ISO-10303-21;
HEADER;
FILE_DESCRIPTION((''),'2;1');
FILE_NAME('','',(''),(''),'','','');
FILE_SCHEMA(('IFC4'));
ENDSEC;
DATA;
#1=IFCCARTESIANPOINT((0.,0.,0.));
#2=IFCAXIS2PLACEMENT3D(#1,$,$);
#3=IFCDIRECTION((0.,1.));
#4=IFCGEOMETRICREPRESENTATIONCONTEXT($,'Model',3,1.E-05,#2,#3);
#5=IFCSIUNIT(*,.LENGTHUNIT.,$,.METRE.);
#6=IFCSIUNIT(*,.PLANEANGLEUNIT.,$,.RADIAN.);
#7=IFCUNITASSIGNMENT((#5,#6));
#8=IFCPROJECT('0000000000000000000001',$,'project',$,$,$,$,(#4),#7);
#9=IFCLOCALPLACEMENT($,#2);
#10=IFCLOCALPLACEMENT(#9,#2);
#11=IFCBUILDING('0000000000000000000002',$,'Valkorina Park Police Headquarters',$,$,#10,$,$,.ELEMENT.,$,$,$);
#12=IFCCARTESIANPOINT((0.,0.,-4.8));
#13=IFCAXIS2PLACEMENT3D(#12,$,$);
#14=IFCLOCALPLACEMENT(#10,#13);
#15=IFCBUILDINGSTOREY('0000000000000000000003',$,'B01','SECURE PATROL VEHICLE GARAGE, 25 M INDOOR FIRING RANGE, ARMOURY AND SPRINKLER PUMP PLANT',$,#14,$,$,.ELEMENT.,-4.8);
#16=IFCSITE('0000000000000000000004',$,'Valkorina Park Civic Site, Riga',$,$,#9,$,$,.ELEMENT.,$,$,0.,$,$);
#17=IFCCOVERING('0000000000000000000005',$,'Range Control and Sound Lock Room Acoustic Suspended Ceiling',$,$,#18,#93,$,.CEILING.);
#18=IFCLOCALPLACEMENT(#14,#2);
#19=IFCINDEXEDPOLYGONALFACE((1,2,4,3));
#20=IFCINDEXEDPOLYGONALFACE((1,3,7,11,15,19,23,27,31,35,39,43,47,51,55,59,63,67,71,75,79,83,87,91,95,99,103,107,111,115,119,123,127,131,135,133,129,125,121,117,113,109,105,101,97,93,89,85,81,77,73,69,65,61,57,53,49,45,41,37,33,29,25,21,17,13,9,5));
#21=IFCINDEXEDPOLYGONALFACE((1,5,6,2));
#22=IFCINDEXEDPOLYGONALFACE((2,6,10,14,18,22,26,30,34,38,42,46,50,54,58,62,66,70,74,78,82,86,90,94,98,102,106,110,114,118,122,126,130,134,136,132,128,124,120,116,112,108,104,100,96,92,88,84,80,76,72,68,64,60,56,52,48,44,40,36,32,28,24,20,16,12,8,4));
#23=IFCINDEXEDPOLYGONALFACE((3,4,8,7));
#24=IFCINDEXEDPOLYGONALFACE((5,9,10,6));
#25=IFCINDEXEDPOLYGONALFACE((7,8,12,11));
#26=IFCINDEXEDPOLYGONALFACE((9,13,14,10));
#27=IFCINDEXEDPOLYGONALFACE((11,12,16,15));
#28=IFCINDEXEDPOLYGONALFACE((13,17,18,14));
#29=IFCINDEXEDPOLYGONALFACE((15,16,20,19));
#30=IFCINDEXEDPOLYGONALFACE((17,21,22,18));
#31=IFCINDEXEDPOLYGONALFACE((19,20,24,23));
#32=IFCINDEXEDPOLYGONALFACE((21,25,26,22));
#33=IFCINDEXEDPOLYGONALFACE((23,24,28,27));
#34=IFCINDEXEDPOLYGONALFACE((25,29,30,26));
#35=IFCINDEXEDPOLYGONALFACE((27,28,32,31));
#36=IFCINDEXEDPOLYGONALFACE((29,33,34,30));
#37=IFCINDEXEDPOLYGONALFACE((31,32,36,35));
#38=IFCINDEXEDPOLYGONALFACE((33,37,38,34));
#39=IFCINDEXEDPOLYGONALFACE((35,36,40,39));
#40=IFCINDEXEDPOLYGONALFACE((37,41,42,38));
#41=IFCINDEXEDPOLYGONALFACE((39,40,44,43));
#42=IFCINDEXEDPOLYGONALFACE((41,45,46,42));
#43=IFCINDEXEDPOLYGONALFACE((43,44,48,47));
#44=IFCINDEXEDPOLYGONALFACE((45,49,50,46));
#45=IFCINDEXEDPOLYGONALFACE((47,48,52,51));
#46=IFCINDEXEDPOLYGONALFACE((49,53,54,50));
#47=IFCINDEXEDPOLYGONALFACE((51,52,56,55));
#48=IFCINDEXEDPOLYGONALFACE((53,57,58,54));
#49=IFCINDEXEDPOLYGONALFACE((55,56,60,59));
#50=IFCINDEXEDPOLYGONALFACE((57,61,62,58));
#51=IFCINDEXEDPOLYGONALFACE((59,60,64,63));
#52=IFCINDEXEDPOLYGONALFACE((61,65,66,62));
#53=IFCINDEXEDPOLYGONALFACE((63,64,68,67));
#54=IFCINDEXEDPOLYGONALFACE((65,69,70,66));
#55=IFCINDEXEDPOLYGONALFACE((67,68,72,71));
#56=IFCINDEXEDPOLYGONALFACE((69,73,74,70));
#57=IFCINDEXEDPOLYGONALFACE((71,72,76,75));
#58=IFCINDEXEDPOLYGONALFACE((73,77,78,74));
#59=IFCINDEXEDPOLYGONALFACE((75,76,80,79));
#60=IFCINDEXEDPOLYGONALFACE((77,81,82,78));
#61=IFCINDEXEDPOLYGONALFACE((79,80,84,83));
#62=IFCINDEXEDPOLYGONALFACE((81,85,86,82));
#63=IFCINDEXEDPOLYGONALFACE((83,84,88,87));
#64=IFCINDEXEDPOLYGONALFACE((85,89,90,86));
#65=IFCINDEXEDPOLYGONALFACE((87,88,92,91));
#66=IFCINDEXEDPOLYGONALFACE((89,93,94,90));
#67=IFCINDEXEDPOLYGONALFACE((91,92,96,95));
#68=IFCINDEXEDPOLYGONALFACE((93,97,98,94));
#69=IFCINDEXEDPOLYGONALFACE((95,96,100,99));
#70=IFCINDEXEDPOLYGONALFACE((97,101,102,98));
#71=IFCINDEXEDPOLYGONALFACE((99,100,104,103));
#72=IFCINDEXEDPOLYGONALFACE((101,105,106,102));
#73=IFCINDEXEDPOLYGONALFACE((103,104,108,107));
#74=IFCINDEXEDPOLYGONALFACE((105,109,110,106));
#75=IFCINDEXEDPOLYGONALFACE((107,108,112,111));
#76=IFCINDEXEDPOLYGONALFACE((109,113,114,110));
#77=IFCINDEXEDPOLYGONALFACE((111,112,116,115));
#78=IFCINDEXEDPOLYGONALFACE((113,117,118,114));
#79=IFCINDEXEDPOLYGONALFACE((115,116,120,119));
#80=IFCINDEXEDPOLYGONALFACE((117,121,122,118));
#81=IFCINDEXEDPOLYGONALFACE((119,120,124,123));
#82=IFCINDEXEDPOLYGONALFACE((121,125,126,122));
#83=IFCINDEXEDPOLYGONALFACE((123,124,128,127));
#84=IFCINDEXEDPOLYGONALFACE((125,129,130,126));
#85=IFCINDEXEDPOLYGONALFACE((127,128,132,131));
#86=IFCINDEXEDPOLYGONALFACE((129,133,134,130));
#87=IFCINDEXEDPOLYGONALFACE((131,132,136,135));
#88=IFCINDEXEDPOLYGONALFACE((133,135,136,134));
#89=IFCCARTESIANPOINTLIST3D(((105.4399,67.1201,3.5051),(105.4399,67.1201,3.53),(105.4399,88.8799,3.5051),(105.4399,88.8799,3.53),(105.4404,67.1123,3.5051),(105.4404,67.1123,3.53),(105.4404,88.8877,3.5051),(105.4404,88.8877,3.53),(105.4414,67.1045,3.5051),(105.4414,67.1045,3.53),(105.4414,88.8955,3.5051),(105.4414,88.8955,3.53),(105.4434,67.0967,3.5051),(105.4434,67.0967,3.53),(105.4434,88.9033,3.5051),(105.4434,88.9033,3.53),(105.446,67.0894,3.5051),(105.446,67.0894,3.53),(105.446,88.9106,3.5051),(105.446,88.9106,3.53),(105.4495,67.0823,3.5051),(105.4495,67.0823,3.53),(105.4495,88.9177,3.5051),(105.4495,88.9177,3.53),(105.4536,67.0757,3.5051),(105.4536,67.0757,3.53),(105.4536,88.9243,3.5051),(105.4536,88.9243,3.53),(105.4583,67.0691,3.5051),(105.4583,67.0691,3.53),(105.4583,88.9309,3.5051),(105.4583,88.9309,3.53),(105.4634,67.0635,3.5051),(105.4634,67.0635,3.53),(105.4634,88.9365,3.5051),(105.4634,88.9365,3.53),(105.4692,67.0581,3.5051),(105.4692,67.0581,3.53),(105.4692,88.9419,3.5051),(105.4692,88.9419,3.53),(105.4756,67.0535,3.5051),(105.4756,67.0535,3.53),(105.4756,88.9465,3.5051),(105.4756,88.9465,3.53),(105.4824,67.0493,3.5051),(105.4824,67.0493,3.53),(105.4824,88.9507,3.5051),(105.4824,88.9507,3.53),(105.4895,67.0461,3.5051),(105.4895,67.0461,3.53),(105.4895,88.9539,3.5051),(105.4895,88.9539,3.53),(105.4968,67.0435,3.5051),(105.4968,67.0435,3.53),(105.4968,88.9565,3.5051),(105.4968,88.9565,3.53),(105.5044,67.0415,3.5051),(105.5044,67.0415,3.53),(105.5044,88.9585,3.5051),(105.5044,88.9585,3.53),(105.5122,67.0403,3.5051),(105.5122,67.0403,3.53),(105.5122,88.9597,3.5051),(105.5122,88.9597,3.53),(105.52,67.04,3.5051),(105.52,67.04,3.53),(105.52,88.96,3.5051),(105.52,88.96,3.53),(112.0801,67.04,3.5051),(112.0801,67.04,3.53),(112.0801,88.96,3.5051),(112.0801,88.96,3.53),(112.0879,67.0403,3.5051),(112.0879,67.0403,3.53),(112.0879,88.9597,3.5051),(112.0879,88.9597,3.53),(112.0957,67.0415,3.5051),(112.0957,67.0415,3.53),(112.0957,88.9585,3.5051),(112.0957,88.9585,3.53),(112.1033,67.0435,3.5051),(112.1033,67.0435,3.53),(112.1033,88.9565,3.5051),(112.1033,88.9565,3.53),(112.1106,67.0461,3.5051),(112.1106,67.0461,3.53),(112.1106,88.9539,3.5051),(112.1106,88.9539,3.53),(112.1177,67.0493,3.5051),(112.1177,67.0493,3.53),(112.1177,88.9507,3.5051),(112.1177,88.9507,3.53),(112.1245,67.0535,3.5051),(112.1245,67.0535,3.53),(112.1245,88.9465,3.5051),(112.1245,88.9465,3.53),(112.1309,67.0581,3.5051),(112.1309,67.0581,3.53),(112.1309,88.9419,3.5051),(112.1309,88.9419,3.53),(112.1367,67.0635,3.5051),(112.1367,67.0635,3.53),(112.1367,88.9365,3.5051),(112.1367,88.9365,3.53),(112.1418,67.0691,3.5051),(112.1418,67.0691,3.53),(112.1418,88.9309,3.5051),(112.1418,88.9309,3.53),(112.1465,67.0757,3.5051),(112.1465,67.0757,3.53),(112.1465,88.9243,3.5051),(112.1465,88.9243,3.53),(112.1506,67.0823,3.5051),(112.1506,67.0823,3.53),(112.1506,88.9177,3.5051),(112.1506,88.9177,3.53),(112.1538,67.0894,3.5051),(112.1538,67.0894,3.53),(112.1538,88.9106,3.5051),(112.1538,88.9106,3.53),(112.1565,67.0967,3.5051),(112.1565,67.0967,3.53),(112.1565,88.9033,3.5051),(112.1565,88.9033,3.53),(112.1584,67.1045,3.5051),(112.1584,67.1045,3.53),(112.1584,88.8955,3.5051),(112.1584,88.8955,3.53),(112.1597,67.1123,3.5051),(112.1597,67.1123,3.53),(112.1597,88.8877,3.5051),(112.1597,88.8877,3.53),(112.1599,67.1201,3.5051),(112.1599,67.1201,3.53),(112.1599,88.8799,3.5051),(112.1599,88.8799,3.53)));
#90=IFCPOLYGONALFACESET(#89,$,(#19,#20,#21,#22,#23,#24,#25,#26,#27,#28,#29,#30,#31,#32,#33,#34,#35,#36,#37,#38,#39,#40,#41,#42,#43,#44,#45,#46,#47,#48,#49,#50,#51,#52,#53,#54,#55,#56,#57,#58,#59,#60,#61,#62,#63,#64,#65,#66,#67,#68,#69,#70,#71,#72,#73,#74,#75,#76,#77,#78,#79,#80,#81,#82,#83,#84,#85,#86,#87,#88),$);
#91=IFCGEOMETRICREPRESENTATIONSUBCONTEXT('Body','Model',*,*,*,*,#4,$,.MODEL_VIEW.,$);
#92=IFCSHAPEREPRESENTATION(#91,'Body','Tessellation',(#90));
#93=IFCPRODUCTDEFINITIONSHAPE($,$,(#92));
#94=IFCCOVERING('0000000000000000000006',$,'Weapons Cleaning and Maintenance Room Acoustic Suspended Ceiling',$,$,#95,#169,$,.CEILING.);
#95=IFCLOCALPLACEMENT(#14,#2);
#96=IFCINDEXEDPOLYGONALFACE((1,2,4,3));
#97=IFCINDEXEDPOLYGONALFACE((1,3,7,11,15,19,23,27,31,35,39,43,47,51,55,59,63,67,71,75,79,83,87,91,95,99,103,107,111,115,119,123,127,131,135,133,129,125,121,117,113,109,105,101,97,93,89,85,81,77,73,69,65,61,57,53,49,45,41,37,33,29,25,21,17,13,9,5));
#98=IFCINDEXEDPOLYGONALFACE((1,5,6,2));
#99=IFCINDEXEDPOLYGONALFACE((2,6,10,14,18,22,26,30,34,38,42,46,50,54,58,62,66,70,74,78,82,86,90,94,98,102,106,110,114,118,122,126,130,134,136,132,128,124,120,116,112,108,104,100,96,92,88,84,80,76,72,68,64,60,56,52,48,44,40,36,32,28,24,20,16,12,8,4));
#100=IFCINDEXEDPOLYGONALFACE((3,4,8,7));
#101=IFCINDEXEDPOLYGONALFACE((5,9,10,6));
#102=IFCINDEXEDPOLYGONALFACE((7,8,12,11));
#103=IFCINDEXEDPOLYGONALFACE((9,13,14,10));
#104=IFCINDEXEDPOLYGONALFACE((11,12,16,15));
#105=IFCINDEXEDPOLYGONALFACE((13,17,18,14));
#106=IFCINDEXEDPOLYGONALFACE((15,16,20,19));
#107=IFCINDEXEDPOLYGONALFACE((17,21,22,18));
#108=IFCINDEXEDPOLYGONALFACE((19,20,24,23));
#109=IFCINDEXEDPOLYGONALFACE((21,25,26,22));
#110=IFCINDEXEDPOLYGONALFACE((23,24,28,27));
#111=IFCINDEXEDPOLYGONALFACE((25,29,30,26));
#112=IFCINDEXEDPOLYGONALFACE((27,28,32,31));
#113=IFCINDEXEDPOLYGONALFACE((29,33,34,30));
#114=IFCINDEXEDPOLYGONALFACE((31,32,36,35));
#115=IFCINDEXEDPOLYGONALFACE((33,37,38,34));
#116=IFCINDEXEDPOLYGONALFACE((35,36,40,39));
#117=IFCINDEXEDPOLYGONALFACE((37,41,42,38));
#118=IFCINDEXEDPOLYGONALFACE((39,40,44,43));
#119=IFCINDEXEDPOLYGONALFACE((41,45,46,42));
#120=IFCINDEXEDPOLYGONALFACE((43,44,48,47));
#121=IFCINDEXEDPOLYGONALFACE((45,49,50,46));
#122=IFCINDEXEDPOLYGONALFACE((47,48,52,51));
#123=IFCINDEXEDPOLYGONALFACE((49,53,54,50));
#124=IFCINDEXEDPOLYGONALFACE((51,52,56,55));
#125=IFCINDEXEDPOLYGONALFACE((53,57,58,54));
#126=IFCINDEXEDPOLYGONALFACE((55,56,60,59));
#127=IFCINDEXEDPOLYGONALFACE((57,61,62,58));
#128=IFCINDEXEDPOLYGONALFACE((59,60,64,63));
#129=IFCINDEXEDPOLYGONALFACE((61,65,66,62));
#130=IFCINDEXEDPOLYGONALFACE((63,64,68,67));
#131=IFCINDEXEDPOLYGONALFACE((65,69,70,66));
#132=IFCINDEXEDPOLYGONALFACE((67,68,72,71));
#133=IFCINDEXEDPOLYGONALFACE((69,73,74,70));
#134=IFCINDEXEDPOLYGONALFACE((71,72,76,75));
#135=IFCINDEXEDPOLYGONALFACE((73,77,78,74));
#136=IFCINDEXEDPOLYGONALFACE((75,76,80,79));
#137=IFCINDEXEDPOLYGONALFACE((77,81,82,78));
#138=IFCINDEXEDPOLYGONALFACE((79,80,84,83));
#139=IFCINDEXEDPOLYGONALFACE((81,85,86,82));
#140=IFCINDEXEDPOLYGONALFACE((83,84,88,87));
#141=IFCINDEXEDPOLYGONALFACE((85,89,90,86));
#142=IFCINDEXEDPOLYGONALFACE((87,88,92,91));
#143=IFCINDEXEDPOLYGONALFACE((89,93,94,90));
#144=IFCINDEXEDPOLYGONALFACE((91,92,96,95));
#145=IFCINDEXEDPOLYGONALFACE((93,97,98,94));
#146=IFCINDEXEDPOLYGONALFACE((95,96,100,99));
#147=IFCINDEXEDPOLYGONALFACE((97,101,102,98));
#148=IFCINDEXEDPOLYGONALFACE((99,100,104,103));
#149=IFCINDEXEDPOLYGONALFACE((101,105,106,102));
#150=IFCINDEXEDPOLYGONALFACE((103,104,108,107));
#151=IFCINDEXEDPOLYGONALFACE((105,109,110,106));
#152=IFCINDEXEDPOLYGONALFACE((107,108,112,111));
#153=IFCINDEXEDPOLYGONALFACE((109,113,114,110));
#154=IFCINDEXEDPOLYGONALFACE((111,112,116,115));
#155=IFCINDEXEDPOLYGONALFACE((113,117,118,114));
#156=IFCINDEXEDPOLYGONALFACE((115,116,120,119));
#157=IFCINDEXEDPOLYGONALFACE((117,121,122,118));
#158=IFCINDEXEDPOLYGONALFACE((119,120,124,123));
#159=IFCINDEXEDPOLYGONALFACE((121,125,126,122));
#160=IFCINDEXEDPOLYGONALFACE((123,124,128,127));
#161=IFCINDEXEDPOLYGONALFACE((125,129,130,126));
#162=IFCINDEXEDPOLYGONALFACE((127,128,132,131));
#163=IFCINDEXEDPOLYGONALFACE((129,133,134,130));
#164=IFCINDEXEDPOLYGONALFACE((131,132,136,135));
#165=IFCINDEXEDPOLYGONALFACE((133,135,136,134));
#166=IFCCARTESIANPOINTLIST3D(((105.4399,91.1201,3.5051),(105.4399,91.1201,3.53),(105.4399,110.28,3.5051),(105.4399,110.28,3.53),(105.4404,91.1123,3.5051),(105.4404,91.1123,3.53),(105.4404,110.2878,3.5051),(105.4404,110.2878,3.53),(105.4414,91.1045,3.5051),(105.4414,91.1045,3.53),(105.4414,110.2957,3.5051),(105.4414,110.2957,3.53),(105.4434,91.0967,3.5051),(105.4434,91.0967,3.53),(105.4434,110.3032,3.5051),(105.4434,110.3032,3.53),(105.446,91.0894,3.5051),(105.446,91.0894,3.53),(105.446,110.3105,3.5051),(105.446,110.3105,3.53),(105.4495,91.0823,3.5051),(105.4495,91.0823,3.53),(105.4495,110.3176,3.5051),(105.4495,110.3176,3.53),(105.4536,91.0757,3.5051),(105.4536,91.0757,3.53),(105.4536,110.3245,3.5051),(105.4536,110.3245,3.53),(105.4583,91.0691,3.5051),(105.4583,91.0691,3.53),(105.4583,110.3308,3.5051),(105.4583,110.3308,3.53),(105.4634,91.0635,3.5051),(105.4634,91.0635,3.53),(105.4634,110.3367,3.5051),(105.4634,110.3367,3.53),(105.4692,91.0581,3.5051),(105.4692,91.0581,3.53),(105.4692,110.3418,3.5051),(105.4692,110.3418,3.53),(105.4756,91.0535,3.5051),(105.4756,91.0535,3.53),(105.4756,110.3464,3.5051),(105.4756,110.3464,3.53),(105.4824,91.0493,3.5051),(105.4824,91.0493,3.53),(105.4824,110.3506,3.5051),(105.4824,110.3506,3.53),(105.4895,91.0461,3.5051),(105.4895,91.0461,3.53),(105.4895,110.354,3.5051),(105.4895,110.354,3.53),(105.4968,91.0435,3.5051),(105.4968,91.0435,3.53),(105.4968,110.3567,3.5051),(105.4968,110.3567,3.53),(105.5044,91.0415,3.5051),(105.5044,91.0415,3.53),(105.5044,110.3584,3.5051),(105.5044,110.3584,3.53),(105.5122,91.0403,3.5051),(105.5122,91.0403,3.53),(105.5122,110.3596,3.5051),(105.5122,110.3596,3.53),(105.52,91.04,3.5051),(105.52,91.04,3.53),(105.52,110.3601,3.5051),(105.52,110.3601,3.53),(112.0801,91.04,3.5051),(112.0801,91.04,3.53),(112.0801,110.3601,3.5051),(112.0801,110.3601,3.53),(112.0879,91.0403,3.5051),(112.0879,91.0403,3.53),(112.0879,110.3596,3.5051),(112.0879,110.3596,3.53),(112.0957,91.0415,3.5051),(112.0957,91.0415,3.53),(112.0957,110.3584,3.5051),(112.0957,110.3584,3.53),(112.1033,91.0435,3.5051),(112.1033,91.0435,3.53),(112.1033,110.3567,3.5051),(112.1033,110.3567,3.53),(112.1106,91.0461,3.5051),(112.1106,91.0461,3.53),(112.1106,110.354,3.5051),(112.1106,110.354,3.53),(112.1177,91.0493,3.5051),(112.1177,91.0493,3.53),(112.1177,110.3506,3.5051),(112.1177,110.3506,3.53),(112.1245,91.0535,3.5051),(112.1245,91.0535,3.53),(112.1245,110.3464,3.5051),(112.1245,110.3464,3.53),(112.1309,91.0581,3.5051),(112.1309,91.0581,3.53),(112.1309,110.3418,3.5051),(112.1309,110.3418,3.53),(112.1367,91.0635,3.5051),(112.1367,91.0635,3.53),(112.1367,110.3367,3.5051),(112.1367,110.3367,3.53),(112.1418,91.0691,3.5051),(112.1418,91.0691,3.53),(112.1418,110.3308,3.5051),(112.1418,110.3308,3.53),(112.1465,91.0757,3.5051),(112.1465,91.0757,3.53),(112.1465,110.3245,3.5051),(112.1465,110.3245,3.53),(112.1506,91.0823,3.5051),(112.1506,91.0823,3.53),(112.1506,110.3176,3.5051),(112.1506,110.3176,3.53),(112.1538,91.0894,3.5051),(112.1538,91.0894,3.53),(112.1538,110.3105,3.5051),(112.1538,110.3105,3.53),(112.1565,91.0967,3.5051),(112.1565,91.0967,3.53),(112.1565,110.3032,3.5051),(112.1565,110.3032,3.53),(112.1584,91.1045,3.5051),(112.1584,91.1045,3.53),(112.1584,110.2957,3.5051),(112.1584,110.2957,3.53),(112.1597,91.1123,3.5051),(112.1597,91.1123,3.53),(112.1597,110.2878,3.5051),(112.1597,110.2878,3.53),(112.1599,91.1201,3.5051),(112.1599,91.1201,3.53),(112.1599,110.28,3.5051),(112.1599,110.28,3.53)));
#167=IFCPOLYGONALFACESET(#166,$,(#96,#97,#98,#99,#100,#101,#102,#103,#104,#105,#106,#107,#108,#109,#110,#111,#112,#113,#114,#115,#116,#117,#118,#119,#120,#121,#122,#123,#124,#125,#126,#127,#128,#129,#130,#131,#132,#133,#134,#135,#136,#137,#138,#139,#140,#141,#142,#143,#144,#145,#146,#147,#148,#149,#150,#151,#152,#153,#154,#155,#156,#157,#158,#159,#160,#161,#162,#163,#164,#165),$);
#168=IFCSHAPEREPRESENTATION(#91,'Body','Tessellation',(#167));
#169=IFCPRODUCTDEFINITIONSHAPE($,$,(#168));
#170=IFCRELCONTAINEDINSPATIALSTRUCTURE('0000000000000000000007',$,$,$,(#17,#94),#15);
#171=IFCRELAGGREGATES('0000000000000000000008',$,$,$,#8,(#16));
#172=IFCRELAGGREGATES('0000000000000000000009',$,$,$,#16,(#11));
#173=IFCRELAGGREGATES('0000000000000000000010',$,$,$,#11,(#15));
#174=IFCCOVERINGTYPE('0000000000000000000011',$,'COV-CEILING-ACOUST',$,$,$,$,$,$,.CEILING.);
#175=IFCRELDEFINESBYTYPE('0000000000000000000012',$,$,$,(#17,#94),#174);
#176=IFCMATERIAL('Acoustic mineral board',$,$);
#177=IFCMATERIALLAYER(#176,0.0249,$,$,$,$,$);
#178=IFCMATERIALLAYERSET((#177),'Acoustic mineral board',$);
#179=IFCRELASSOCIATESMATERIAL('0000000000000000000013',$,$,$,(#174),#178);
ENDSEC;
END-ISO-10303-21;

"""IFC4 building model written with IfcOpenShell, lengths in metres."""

from ifc_helpers import new_model, si_unit, direction, frame, origin, place, context, subcontext, project, spatial, polyline, outline, extrude, material, layer, layer_set, type_object, element, save


model = new_model("IFC4")

# Units and contexts
model_context = context("Model", 3, precision=1e-05, world=origin(), true_north=direction((0.0, 1.0)))
body_context = subcontext(model_context, "Body", "Model", "MODEL_VIEW")
ifc_project = project(units=[si_unit("LENGTHUNIT", "METRE"), si_unit("PLANEANGLEUNIT", "RADIAN")], contexts=[model_context])

# Site, building, storey
site_placement = place(None, origin())
site = spatial("IfcSite", under=ifc_project, at=site_placement, Name="Valkorina Park Civic Site, Riga", CompositionType="ELEMENT", RefElevation=0.0)
building_placement = place(site_placement, origin())
building = spatial("IfcBuilding", under=site, at=building_placement, Name="Valkorina Park Police Headquarters", CompositionType="ELEMENT")
storey_placement = place(building_placement, frame((0.0, 0.0, -4.8)))
storey = spatial("IfcBuildingStorey", under=building, at=storey_placement, Name="B01", Description="SECURE PATROL VEHICLE GARAGE, 25 M INDOOR FIRING RANGE, ARMOURY AND SPRINKLER PUMP PLANT", CompositionType="ELEMENT", Elevation=-4.8)

# Coverings
ifc_material_1 = material(Name="Acoustic mineral board")
ifc_layer_1 = layer(ifc_material_1, 0.0249)
ifc_layer_set_1 = layer_set([ifc_layer_1], Name="Acoustic mineral board")
covering_type_1 = type_object("IfcCoveringType", Name="COV-CEILING-ACOUST", PredefinedType="CEILING", material=ifc_layer_set_1)
covering_1_placement = place(storey_placement, frame((0.0, 0.0, 3.5051)))
element("IfcCovering", 1, at=covering_1_placement, inside=storey, type_object=covering_type_1, Name="Range Control and Sound Lock Room Acoustic Suspended Ceiling", PredefinedType="CEILING", context=body_context, shape_type="SweptSolid", body=[
    extrude(outline(polyline([(112.1584, 67.1045), (112.1597, 67.1123), (112.1599, 67.1201), (112.1599, 88.8799), (112.1597, 88.8877), (112.1584, 88.8955), (112.1565, 88.9033), (112.1538, 88.9106), (112.1506, 88.9177), (112.1465, 88.9243), (112.1418, 88.9309), (112.1367, 88.9365), (112.1309, 88.9419), (112.1245, 88.9465), (112.1177, 88.9507), (112.1106, 88.9539), (112.1033, 88.9565), (112.0957, 88.9585), (112.0879, 88.9597), (112.0801, 88.96), (105.52, 88.96), (105.5122, 88.9597), (105.5044, 88.9585), (105.4968, 88.9565), (105.4895, 88.9539), (105.4824, 88.9507), (105.4756, 88.9465), (105.4692, 88.9419), (105.4634, 88.9365), (105.4583, 88.9309), (105.4536, 88.9243), (105.4495, 88.9177), (105.446, 88.9106), (105.4434, 88.9033), (105.4414, 88.8955), (105.4404, 88.8877), (105.4399, 88.8799), (105.4399, 67.1201), (105.4404, 67.1123), (105.4414, 67.1045), (105.4434, 67.0967), (105.446, 67.0894), (105.4495, 67.0823), (105.4536, 67.0757), (105.4583, 67.0691), (105.4634, 67.0635), (105.4692, 67.0581), (105.4756, 67.0535), (105.4824, 67.0493), (105.4895, 67.0461), (105.4968, 67.0435), (105.5044, 67.0415), (105.5122, 67.0403), (105.52, 67.04), (112.0801, 67.04), (112.0879, 67.0403), (112.0957, 67.0415), (112.1033, 67.0435), (112.1106, 67.0461), (112.1177, 67.0493), (112.1245, 67.0535), (112.1309, 67.0581), (112.1367, 67.0635), (112.1418, 67.0691), (112.1465, 67.0757), (112.1506, 67.0823), (112.1538, 67.0894), (112.1565, 67.0967), (112.1584, 67.1045)])), origin(), (0.0, 0.0, 1.0), 0.0249),
])
covering_2_placement = place(storey_placement, frame((0.0, 0.0, 3.5051)))
element("IfcCovering", 2, at=covering_2_placement, inside=storey, type_object=covering_type_1, Name="Weapons Cleaning and Maintenance Room Acoustic Suspended Ceiling", PredefinedType="CEILING", context=body_context, shape_type="SweptSolid", body=[
    extrude(outline(polyline([(112.1584, 91.1045), (112.1597, 91.1123), (112.1599, 91.1201), (112.1599, 110.28), (112.1597, 110.2878), (112.1584, 110.2957), (112.1565, 110.3032), (112.1538, 110.3105), (112.1506, 110.3176), (112.1465, 110.3245), (112.1418, 110.3308), (112.1367, 110.3367), (112.1309, 110.3418), (112.1245, 110.3464), (112.1177, 110.3506), (112.1106, 110.354), (112.1033, 110.3567), (112.0957, 110.3584), (112.0879, 110.3596), (112.0801, 110.3601), (105.52, 110.3601), (105.5122, 110.3596), (105.5044, 110.3584), (105.4968, 110.3567), (105.4895, 110.354), (105.4824, 110.3506), (105.4756, 110.3464), (105.4692, 110.3418), (105.4634, 110.3367), (105.4583, 110.3308), (105.4536, 110.3245), (105.4495, 110.3176), (105.446, 110.3105), (105.4434, 110.3032), (105.4414, 110.2957), (105.4404, 110.2878), (105.4399, 110.28), (105.4399, 91.1201), (105.4404, 91.1123), (105.4414, 91.1045), (105.4434, 91.0967), (105.446, 91.0894), (105.4495, 91.0823), (105.4536, 91.0757), (105.4583, 91.0691), (105.4634, 91.0635), (105.4692, 91.0581), (105.4756, 91.0535), (105.4824, 91.0493), (105.4895, 91.0461), (105.4968, 91.0435), (105.5044, 91.0415), (105.5122, 91.0403), (105.52, 91.04), (112.0801, 91.04), (112.0879, 91.0403), (112.0957, 91.0415), (112.1033, 91.0435), (112.1106, 91.0461), (112.1177, 91.0493), (112.1245, 91.0535), (112.1309, 91.0581), (112.1367, 91.0635), (112.1418, 91.0691), (112.1465, 91.0757), (112.1506, 91.0823), (112.1538, 91.0894), (112.1565, 91.0967), (112.1584, 91.1045)])), origin(), (0.0, 0.0, 1.0), 0.0249),
])

save(model, "model.ifc")
